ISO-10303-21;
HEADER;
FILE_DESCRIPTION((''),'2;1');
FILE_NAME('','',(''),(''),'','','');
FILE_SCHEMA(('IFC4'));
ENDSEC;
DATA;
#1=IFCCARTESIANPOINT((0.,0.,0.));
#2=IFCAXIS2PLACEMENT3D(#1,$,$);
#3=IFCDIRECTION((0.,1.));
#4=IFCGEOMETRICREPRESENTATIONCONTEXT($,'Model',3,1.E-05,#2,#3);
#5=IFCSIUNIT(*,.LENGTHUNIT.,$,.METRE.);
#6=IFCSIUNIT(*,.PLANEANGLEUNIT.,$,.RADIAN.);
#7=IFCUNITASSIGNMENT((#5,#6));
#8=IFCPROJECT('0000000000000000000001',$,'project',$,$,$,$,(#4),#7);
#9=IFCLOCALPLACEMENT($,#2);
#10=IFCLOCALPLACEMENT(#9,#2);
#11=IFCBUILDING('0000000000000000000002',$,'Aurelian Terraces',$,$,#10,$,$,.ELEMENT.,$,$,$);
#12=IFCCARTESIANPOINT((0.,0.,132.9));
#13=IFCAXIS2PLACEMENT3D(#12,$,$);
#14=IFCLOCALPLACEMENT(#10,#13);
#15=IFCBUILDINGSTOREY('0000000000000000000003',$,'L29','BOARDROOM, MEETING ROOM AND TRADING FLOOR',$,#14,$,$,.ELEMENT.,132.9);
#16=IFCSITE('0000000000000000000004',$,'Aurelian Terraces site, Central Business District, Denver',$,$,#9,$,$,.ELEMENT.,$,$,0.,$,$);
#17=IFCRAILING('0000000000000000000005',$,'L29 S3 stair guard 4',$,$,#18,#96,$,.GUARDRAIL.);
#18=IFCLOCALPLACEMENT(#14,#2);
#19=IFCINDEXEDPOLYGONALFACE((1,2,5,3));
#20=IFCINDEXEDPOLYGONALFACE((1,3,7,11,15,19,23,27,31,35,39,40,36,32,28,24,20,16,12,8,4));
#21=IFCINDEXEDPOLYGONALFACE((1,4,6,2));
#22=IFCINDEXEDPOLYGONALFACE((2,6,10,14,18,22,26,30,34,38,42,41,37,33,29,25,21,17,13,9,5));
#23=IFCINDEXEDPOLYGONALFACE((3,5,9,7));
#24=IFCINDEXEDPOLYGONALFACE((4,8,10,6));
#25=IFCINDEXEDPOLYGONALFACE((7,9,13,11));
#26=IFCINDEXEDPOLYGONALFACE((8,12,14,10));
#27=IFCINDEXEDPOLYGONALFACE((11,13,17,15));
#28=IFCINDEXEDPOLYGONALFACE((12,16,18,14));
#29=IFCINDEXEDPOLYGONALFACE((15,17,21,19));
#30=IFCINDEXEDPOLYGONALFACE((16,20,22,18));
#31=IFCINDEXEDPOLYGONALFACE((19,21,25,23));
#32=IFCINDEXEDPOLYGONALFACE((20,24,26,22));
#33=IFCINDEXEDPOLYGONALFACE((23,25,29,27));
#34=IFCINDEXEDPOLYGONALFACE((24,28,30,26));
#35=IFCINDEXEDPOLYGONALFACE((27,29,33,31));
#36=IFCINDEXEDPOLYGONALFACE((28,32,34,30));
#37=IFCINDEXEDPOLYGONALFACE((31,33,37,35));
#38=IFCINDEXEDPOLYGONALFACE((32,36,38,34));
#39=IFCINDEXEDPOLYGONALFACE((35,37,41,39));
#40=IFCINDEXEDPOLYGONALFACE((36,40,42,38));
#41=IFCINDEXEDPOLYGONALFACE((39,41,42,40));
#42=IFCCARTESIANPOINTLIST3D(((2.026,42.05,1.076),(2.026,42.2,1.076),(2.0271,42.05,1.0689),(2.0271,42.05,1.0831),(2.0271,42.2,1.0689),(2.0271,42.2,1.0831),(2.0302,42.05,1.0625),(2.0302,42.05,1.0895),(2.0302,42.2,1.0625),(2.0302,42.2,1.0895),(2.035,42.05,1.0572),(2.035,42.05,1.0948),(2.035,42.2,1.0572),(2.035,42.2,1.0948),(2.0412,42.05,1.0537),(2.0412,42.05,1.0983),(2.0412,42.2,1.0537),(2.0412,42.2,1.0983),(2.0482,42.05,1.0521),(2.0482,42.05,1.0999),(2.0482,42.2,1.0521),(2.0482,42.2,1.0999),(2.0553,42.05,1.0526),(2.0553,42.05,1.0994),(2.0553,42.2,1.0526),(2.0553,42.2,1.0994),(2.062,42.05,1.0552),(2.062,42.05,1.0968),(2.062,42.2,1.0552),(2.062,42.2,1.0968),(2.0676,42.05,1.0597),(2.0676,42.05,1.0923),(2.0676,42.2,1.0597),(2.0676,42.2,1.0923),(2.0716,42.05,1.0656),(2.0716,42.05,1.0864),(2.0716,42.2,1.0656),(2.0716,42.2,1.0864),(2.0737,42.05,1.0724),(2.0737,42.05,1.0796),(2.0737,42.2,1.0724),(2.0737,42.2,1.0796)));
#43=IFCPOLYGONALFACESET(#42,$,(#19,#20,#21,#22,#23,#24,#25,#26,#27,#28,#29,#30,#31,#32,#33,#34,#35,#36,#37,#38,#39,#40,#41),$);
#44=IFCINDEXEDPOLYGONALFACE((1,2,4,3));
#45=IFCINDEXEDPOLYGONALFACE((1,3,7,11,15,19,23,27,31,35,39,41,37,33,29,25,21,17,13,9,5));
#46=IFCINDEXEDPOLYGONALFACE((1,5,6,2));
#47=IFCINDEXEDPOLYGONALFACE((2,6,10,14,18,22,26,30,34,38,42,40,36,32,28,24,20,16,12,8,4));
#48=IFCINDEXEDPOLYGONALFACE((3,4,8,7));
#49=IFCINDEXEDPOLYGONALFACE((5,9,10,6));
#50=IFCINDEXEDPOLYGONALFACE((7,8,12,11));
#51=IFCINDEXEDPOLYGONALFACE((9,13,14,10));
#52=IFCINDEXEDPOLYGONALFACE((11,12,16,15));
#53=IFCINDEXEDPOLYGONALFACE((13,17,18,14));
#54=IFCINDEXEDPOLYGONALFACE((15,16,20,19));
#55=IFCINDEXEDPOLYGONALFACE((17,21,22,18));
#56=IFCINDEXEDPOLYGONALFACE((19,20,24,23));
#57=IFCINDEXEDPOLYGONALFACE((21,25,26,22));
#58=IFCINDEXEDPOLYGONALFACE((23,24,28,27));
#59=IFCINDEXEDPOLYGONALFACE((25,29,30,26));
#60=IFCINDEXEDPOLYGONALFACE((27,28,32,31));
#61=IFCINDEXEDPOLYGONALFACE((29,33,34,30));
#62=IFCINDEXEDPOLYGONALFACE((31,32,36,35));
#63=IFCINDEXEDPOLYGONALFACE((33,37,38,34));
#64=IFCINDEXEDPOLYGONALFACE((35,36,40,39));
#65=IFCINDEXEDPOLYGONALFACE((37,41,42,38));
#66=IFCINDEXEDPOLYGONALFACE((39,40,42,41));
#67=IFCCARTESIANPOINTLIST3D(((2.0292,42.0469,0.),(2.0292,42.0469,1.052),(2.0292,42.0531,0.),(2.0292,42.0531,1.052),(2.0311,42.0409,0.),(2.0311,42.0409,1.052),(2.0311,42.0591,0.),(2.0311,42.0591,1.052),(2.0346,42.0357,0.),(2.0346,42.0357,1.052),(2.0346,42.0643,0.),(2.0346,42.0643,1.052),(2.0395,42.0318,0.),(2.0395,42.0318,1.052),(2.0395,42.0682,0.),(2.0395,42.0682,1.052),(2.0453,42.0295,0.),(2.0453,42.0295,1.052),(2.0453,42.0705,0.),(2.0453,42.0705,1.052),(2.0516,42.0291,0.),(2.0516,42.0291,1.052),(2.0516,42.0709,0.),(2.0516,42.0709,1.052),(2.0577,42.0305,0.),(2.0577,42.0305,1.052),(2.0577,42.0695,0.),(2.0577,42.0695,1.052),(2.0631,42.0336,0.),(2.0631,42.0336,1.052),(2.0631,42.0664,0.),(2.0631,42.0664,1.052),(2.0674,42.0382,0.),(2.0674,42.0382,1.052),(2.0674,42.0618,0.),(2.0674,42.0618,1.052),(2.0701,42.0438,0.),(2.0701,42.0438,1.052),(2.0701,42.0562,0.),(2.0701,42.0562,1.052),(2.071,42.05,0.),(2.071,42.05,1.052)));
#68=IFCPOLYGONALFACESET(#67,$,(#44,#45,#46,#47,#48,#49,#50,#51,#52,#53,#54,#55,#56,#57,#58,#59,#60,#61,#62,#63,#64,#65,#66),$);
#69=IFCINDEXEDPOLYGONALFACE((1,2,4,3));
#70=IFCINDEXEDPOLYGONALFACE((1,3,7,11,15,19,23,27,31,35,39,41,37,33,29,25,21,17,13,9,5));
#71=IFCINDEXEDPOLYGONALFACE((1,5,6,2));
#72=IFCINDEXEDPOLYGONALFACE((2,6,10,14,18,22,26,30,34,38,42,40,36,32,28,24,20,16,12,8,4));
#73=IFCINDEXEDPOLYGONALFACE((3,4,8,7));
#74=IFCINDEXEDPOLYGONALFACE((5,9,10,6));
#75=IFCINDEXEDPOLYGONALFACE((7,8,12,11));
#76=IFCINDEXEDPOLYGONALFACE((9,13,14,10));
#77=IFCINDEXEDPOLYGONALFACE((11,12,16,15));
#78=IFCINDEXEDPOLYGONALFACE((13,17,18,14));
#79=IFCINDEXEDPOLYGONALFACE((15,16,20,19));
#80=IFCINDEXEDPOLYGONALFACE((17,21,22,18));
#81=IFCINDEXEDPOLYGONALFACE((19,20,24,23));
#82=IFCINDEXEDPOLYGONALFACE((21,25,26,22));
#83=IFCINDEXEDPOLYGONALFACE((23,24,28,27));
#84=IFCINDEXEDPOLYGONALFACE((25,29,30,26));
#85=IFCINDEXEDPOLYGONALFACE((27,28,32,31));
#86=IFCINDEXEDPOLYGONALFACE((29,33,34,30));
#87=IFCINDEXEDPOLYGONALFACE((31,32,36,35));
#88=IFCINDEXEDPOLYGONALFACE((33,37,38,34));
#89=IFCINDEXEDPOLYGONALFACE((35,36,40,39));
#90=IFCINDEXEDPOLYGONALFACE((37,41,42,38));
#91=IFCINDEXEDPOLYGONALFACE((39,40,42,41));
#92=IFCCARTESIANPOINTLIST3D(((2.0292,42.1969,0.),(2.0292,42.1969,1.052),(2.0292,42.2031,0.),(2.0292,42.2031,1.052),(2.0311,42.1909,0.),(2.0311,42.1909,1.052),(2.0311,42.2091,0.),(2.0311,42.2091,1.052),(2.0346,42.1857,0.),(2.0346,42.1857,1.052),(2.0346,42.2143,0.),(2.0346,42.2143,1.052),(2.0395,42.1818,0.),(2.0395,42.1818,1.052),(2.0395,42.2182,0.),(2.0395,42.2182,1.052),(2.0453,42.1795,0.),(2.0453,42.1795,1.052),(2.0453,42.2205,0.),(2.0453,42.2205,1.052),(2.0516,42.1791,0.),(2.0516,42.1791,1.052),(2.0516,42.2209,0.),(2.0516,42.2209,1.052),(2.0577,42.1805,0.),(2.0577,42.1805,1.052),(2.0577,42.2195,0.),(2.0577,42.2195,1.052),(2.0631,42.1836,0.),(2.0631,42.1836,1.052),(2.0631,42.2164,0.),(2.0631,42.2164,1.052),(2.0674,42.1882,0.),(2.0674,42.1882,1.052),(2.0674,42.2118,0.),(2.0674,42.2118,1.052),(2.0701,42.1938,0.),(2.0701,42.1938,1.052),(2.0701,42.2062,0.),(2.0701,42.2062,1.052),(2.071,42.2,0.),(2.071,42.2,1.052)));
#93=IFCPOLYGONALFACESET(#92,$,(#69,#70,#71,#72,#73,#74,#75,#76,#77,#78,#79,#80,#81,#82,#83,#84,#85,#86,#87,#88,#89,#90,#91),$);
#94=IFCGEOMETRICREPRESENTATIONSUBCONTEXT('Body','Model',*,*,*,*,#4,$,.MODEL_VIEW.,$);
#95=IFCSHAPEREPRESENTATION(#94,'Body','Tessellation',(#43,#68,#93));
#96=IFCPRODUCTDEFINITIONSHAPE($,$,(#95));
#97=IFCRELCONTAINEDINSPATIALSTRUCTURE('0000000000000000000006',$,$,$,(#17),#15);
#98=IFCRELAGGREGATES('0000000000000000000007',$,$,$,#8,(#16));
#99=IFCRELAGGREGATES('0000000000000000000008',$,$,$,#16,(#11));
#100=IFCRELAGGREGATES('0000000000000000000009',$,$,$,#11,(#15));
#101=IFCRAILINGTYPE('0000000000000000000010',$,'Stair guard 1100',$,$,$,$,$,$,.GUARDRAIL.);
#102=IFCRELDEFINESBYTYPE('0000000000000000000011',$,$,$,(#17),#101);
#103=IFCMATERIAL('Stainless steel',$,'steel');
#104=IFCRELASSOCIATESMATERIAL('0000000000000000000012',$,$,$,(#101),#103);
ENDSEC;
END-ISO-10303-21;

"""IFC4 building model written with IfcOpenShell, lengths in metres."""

from ifc_helpers import new_model, si_unit, direction, frame, origin, origin_2d, place, context, subcontext, project, spatial, circle, extrude, source, transform, mapped, material, type_object, element, save


model = new_model("IFC4")

# Units and contexts
model_context = context("Model", 3, precision=1e-05, world=origin(), true_north=direction((0.0, 1.0)))
body_context = subcontext(model_context, "Body", "Model", "MODEL_VIEW")
ifc_project = project(units=[si_unit("LENGTHUNIT", "METRE"), si_unit("PLANEANGLEUNIT", "RADIAN")], contexts=[model_context])

# Site, building, storey
site_placement = place(None, origin())
site = spatial("IfcSite", under=ifc_project, at=site_placement, Name="Aurelian Terraces site, Central Business District, Denver", CompositionType="ELEMENT", RefElevation=0.0)
building_placement = place(site_placement, origin())
building = spatial("IfcBuilding", under=site, at=building_placement, Name="Aurelian Terraces", CompositionType="ELEMENT")
storey_placement = place(building_placement, frame((0.0, 0.0, 132.9)))
storey = spatial("IfcBuildingStorey", under=building, at=storey_placement, Name="L29", Description="BOARDROOM, MEETING ROOM AND TRADING FLOOR", CompositionType="ELEMENT", Elevation=132.9)

# Railing
ifc_material_1 = material(Name="Stainless steel", Category="steel")
railing_type_1 = type_object("IfcRailingType", Name="Stair guard 1100", PredefinedType="GUARDRAIL", material=ifc_material_1)
shared_shape_1 = source(origin(), body_context, "Body", "SweptSolid", [
    extrude(circle(Radius=0.024, at=origin_2d()), frame((0.0, 0.0, 1.076), z_axis=(0.0, 1.0, 0.0), x_axis=(-1.0, 0.0, 0.0)), (0.0, 0.0, 1.0), 0.15),
    extrude(circle(Radius=0.021, at=origin_2d()), origin(), (0.0, 0.0, 1.0), 1.052),
    extrude(circle(Radius=0.021, at=origin_2d()), frame((0.0, 0.15, 0.0)), (0.0, 0.0, 1.0), 1.052),
])
for number, where, name in (
    (1, (2.05, 42.05, 0.0), "L29 S3 stair guard 4"),
):
    element("IfcRailing", number, at=place(storey_placement, frame(where)), inside=storey, type_object=railing_type_1, Name=name, PredefinedType="GUARDRAIL", context=body_context, shape_type="MappedRepresentation", body=[
        mapped(shared_shape_1, transform((0.0, 0.0, 0.0), scale=1.0)),
    ])

save(model, "model.ifc")
